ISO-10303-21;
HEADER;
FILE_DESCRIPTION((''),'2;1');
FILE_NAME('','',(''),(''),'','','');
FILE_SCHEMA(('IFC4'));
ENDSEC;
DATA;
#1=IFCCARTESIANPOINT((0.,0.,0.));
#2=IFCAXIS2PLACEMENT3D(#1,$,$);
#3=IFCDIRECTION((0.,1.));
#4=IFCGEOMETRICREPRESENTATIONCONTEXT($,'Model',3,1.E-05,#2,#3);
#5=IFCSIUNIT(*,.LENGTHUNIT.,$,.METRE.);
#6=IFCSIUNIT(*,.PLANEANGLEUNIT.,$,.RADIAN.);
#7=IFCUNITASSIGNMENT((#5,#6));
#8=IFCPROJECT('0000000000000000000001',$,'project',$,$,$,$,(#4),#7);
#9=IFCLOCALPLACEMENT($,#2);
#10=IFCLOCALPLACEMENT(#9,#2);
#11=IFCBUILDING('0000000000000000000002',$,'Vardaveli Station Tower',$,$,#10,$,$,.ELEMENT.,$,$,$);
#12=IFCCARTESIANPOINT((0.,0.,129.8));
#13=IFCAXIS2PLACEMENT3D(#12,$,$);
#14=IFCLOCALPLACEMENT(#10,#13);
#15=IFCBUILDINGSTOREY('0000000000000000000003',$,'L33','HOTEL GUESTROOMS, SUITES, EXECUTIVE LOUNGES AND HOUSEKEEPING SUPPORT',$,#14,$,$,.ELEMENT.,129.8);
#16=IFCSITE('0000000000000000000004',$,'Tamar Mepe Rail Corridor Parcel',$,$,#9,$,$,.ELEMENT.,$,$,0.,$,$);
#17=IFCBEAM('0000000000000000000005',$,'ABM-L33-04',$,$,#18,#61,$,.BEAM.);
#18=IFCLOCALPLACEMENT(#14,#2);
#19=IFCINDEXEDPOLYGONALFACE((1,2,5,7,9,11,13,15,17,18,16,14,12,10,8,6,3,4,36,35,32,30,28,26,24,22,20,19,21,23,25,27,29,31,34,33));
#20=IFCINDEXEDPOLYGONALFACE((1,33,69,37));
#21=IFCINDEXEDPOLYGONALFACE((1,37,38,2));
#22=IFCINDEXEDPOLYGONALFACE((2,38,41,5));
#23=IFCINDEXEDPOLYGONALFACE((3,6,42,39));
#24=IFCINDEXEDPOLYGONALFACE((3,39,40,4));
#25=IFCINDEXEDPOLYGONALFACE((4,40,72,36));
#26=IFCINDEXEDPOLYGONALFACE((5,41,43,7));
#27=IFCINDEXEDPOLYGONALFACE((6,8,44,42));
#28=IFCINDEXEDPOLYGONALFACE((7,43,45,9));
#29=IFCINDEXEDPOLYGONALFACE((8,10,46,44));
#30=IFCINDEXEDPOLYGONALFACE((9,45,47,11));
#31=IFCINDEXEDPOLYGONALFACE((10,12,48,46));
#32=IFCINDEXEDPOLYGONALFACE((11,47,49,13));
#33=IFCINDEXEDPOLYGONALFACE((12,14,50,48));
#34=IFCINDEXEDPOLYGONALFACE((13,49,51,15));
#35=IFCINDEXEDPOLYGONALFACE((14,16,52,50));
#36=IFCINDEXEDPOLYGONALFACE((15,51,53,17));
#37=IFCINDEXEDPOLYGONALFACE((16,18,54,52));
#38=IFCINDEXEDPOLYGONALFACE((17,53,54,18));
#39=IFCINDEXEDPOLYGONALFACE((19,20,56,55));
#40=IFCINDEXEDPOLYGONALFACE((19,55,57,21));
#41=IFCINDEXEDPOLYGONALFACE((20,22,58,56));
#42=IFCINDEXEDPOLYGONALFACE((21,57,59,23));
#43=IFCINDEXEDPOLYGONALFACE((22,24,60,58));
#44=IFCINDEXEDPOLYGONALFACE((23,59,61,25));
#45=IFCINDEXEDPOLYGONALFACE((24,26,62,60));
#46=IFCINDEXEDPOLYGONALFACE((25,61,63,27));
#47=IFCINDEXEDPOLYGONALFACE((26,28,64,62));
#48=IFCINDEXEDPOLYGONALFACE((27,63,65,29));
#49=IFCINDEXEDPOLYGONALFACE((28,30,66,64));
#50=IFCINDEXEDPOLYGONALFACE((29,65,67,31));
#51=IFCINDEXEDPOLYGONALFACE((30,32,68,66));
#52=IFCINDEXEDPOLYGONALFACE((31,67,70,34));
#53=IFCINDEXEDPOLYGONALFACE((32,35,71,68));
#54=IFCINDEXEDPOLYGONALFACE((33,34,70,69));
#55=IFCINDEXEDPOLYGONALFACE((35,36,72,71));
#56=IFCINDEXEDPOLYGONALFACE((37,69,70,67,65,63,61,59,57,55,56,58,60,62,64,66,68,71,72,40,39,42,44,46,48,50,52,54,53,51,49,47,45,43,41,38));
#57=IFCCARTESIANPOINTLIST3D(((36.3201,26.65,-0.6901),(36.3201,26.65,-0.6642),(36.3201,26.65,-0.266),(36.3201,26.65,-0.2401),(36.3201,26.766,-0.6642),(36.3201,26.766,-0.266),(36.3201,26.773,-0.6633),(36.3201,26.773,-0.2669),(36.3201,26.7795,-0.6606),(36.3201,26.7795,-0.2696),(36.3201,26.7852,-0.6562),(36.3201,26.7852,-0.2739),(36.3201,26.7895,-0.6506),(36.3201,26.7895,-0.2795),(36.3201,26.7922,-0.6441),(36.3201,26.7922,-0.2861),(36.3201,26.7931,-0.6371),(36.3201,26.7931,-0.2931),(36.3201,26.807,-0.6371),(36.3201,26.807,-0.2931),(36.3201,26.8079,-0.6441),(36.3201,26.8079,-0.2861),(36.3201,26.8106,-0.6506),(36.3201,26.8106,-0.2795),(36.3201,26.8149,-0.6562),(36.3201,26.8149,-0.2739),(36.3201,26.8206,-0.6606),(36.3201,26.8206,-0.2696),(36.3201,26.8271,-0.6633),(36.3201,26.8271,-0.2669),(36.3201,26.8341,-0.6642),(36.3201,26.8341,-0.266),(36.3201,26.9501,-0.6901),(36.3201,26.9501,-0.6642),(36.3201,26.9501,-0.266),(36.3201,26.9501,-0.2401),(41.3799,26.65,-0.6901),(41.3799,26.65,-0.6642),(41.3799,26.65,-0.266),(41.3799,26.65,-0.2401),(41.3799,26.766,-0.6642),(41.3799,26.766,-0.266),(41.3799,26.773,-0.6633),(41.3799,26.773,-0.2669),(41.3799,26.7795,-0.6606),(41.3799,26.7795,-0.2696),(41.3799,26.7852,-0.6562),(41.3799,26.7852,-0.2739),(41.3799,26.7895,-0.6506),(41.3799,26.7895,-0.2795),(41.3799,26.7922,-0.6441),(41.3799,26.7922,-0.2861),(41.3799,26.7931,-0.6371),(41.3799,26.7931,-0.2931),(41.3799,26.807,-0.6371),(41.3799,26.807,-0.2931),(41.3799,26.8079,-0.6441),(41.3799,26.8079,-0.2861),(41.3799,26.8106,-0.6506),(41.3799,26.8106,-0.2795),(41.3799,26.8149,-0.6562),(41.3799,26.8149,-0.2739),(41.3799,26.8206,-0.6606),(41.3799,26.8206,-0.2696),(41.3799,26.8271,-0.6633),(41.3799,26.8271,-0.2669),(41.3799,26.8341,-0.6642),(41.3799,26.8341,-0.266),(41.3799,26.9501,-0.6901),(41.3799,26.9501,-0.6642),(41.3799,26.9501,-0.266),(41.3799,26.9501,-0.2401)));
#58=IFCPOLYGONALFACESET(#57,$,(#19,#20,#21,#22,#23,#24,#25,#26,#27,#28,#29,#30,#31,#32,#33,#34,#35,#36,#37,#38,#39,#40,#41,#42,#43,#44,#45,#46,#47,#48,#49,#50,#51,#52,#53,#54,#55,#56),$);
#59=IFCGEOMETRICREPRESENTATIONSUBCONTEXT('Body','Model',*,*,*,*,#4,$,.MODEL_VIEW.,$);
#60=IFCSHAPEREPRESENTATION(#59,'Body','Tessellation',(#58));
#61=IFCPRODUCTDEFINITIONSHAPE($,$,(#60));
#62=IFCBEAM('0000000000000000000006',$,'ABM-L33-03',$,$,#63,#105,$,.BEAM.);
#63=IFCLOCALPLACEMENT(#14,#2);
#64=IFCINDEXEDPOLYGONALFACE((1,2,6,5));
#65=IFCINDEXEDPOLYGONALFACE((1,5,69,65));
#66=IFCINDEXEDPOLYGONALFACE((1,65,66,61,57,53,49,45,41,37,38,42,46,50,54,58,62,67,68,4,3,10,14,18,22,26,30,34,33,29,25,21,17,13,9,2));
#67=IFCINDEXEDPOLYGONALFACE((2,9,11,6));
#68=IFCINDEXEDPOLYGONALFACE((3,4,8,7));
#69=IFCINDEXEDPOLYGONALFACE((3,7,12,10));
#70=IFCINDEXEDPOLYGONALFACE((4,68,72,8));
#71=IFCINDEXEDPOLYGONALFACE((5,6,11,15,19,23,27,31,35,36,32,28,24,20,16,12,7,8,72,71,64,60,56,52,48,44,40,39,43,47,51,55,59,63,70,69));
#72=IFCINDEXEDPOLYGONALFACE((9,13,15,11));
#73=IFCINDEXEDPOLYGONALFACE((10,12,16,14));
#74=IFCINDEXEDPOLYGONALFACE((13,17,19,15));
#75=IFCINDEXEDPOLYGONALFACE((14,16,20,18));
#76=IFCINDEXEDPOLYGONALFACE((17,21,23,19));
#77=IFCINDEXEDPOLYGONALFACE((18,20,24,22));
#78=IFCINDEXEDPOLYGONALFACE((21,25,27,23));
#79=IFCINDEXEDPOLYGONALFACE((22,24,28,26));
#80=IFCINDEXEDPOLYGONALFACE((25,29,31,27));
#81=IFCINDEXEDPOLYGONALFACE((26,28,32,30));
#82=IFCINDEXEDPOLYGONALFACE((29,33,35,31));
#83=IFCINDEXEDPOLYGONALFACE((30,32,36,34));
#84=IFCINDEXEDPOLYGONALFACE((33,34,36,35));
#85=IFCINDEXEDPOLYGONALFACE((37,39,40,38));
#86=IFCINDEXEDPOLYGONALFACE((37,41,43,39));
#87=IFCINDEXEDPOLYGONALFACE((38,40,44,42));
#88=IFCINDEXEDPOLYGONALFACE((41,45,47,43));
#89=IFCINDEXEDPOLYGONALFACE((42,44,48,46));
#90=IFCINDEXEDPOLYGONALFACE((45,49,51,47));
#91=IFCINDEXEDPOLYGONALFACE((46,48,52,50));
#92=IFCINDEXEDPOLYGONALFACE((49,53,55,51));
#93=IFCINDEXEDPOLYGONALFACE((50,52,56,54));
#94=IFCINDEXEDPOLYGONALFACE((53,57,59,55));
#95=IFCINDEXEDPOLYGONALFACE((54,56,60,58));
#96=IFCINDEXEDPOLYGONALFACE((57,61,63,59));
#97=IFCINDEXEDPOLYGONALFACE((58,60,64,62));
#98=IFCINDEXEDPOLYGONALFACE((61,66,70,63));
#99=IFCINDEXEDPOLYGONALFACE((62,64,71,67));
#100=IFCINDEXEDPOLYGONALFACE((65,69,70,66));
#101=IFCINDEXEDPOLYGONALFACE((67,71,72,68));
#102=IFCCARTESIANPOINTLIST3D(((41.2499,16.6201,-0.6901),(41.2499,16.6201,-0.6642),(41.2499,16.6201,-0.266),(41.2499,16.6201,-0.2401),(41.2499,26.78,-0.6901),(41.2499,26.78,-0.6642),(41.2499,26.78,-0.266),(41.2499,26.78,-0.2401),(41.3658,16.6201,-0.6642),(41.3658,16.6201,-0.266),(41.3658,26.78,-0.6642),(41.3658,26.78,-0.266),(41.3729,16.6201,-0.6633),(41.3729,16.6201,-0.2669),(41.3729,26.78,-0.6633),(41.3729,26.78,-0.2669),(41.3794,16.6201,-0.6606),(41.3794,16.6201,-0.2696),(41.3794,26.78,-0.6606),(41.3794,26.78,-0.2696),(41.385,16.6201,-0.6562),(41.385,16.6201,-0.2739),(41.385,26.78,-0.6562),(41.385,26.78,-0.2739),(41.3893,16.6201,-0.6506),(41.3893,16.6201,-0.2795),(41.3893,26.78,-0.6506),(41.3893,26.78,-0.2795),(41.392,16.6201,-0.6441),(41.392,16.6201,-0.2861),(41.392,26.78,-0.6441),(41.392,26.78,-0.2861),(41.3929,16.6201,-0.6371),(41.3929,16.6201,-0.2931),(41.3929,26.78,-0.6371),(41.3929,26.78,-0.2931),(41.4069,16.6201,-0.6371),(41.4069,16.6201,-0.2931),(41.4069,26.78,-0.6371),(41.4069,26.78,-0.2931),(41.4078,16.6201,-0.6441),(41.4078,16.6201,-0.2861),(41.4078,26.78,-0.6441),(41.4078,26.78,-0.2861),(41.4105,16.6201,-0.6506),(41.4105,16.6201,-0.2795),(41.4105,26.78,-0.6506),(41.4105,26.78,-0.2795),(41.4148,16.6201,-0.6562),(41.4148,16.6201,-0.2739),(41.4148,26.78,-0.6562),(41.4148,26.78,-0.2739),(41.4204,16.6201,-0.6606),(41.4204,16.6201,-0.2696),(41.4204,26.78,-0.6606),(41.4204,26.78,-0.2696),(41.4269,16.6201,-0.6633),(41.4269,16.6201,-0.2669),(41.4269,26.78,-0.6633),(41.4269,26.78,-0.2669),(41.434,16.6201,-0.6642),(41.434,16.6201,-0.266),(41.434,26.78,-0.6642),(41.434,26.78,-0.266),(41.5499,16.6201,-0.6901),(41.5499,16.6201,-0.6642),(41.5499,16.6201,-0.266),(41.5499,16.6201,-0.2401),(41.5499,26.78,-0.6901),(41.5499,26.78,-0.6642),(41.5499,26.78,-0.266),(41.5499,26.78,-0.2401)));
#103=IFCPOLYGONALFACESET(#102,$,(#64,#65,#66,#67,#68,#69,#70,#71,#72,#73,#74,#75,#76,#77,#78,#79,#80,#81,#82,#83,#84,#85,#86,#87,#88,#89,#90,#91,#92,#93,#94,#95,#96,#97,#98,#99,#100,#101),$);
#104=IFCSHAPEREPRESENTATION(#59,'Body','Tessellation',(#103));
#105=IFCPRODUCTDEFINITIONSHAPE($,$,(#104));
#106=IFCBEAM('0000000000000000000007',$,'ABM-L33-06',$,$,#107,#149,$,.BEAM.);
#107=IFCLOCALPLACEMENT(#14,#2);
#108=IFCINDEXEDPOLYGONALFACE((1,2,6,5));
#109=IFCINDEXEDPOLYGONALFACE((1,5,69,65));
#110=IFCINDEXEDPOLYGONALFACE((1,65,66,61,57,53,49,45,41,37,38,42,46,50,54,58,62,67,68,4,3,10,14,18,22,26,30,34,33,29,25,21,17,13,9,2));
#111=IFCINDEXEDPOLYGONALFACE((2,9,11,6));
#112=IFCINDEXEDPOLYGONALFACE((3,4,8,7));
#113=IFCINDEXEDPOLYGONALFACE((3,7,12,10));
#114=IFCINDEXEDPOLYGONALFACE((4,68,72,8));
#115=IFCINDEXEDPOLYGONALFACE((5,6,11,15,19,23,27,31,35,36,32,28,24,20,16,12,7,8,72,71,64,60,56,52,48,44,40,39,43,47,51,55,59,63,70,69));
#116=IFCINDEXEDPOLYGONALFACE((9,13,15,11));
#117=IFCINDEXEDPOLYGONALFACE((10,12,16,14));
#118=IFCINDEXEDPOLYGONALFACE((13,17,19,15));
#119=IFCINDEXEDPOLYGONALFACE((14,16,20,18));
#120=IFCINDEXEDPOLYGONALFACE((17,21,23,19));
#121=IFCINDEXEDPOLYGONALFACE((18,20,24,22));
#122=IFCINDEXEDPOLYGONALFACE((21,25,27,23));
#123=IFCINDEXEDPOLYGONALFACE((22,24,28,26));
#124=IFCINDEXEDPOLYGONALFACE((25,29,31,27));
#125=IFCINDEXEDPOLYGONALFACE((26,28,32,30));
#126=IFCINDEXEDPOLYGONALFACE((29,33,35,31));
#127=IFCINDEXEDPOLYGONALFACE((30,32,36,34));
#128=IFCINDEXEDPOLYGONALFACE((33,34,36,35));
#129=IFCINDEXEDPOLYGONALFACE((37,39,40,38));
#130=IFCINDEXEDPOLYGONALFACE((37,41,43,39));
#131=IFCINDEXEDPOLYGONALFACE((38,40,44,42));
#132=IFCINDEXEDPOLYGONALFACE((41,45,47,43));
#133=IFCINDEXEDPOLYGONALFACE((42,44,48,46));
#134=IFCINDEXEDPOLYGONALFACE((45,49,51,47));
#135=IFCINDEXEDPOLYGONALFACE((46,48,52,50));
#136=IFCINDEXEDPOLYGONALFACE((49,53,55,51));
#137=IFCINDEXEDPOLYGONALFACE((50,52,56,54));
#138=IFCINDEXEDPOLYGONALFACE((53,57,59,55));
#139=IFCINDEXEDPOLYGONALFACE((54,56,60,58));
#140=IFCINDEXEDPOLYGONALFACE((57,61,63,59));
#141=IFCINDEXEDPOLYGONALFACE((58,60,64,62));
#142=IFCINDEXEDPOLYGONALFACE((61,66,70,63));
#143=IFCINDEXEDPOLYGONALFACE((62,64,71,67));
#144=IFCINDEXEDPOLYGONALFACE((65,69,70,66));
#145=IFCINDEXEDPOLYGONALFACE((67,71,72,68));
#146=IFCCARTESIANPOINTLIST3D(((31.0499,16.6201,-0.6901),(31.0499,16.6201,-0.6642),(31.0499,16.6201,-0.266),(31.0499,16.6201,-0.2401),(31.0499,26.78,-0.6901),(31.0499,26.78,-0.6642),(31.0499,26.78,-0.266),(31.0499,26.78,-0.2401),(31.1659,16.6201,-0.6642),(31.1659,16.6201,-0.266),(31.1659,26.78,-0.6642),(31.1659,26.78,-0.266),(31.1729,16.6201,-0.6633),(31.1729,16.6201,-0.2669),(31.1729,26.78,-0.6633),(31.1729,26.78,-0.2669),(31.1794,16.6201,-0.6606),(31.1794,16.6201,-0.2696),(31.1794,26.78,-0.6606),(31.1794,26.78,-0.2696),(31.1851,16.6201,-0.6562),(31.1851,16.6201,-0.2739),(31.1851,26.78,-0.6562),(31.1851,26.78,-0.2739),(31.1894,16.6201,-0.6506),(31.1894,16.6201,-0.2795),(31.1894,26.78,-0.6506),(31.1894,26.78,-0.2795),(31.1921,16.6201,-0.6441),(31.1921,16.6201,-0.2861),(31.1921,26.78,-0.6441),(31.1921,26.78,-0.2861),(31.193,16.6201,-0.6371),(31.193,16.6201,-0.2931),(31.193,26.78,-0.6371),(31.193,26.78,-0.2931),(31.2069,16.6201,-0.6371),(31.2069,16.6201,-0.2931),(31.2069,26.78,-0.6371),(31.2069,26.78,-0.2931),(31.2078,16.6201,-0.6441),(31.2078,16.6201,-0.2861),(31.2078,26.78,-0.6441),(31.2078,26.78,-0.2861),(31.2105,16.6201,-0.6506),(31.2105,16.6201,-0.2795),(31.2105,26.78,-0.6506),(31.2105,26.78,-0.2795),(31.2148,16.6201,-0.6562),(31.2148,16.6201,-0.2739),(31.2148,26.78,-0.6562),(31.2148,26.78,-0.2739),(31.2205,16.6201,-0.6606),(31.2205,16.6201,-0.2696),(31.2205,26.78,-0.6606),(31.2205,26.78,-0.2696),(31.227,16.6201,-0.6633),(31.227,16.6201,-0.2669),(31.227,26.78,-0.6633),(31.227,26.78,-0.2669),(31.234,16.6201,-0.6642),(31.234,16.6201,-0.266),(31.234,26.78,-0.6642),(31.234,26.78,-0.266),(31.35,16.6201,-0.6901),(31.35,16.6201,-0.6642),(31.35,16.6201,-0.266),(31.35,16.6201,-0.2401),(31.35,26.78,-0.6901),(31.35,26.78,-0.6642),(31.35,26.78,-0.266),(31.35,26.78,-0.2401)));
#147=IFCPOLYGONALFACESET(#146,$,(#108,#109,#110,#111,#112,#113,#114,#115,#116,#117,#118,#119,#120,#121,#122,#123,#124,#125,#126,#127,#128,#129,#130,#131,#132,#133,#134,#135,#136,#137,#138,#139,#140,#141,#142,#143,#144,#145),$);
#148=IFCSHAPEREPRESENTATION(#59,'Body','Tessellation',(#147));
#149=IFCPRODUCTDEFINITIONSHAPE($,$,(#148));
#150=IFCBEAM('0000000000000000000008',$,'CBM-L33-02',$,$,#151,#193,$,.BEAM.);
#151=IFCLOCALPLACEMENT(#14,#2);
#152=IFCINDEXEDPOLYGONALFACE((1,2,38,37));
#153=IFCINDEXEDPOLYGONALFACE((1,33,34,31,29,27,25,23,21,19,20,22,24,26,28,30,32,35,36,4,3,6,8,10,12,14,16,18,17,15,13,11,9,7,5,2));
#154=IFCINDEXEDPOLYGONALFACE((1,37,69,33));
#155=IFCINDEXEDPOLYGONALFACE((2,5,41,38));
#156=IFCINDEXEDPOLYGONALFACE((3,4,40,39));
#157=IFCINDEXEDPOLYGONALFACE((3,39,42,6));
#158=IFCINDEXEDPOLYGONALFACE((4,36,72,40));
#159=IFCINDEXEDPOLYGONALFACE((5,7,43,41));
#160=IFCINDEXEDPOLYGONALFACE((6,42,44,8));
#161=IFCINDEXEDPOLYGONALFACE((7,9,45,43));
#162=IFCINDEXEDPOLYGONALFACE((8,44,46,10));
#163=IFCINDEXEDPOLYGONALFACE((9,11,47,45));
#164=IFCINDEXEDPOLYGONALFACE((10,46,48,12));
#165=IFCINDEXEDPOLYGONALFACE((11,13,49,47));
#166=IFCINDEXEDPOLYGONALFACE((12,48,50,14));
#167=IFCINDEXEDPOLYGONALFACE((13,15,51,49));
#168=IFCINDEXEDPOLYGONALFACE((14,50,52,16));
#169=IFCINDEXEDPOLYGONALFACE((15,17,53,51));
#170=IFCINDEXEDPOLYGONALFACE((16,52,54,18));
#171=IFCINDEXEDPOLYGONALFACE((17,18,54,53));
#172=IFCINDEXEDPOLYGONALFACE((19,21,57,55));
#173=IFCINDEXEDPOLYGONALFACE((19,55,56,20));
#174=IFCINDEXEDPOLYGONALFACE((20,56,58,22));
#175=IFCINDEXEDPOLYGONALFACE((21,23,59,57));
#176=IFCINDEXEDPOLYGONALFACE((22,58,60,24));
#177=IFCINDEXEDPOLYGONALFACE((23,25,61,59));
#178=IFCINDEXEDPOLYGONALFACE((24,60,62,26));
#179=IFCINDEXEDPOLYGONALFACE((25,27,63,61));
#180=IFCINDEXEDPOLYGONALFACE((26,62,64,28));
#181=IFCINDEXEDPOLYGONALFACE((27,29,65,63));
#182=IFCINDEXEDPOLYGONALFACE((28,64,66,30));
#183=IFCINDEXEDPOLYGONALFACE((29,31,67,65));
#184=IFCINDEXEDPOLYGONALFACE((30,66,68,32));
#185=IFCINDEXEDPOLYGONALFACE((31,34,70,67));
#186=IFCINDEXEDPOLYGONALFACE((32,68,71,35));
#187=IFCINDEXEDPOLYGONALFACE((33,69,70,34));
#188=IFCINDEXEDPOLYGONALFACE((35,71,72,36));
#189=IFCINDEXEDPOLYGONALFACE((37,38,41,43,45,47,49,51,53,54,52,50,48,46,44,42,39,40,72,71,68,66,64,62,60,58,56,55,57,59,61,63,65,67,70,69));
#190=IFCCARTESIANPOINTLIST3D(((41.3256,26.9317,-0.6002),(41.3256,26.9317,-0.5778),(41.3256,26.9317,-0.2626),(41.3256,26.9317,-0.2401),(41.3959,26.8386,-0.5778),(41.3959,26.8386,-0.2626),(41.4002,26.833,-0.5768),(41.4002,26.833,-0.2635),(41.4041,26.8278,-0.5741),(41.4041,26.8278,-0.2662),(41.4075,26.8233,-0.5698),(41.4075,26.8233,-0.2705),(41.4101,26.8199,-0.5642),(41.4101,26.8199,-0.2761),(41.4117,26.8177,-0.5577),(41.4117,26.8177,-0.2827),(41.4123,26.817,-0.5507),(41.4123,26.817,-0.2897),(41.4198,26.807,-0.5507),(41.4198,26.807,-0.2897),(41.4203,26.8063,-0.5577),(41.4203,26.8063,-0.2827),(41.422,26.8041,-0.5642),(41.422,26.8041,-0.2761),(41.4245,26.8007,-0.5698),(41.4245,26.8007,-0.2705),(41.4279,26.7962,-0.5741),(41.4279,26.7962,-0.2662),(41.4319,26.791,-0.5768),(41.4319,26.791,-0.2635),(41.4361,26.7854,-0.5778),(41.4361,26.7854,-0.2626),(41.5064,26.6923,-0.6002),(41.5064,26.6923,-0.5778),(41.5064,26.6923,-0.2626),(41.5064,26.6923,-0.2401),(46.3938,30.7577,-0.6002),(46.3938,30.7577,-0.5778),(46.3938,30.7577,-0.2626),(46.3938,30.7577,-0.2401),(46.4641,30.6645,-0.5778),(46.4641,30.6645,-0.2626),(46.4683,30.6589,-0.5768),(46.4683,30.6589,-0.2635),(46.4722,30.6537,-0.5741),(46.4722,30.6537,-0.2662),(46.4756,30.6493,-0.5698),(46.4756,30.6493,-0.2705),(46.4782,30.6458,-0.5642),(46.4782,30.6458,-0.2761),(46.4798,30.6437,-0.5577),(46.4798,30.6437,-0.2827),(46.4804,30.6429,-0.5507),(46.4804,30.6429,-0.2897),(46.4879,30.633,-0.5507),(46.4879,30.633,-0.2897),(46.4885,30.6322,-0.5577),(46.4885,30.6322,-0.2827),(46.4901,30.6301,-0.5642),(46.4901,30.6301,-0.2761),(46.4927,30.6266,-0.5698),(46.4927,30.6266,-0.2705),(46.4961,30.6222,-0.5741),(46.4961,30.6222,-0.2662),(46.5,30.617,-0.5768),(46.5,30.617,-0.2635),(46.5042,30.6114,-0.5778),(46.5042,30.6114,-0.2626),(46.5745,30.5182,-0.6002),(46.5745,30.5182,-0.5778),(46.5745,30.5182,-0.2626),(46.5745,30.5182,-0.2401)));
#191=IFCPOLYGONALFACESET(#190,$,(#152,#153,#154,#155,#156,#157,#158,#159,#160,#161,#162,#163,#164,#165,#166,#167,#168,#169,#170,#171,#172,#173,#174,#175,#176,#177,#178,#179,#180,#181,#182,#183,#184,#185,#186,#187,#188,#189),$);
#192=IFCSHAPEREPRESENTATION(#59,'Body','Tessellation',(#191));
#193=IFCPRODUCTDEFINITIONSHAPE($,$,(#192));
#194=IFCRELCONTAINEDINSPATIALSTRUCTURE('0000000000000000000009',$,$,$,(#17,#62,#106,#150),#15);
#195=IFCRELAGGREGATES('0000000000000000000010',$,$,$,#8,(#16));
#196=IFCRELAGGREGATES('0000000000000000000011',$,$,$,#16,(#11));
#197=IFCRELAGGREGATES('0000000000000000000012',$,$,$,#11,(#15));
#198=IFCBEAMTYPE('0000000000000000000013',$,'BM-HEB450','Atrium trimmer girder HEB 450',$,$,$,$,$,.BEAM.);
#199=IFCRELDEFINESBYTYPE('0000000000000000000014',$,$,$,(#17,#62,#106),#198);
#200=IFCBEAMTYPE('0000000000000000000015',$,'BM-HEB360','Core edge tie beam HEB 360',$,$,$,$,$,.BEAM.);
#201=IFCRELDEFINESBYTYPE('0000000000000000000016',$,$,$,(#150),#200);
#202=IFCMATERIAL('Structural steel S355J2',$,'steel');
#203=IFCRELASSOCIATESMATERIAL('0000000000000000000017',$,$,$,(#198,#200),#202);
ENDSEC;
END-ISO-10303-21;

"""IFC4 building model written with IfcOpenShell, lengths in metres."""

from ifc_helpers import new_model, si_unit, direction, frame, origin, origin_2d, place, context, subcontext, project, spatial, i_section, extrude, source, transform, mapped, material, material_profile, profile_set, type_object, element, save


model = new_model("IFC4")

# Units and contexts
model_context = context("Model", 3, precision=1e-05, world=origin(), true_north=direction((0.0, 1.0)))
body_context = subcontext(model_context, "Body", "Model", "MODEL_VIEW")
ifc_project = project(units=[si_unit("LENGTHUNIT", "METRE"), si_unit("PLANEANGLEUNIT", "RADIAN")], contexts=[model_context])

# Site, building, storey
site_placement = place(None, origin())
site = spatial("IfcSite", under=ifc_project, at=site_placement, Name="Tamar Mepe Rail Corridor Parcel", CompositionType="ELEMENT", RefElevation=0.0)
building_placement = place(site_placement, origin())
building = spatial("IfcBuilding", under=site, at=building_placement, Name="Vardaveli Station Tower", CompositionType="ELEMENT")
storey_placement = place(building_placement, frame((0.0, 0.0, 129.8)))
storey = spatial("IfcBuildingStorey", under=building, at=storey_placement, Name="L33", Description="HOTEL GUESTROOMS, SUITES, EXECUTIVE LOUNGES AND HOUSEKEEPING SUPPORT", CompositionType="ELEMENT", Elevation=129.8)

# Beams
ifc_material_1 = material(Name="Structural steel S355J2", Category="steel")
ifc_material_profile_1 = material_profile(ifc_material_1, i_section(OverallWidth=0.3, OverallDepth=0.45, WebThickness=0.0139, FlangeThickness=0.0259, FilletRadius=0.0271, at=origin_2d()), Name="HEB 450")
ifc_profile_set_1 = profile_set([ifc_material_profile_1], Name="Structural steel S355J2")
beam_type_1 = type_object("IfcBeamType", Name="BM-HEB450", Description="Atrium trimmer girder HEB 450", PredefinedType="BEAM", material=ifc_profile_set_1)
shared_shape_1 = source(origin(), body_context, "Body", "SweptSolid", [
    extrude(i_section(OverallWidth=0.3, OverallDepth=0.45, WebThickness=0.0139, FlangeThickness=0.0259, FilletRadius=0.0271, at=origin_2d()), origin(), (0.0, 0.0, 1.0), 5.0598),
])
beam_1_placement = place(storey_placement, frame((41.3799, 26.8, -0.4651), z_axis=(-1.0, 0.0, 0.0), x_axis=(0.0, -1.0, 0.0)))
element("IfcBeam", 1, at=beam_1_placement, inside=storey, type_object=beam_type_1, Name="ABM-L33-04", PredefinedType="BEAM", context=body_context, shape_type="MappedRepresentation", body=[
    mapped(shared_shape_1, transform((0.0, 0.0, 0.0), scale=1.0)),
])
shared_shape_2 = source(origin(), body_context, "Body", "SweptSolid", [
    extrude(i_section(OverallWidth=0.3, OverallDepth=0.45, WebThickness=0.0139, FlangeThickness=0.0259, FilletRadius=0.0271, at=origin_2d()), origin(), (0.0, 0.0, 1.0), 10.1599),
])
for number, where, z_axis, x_axis, name in (
    (2, (41.3999, 16.6201, -0.4651), (0.0, 1.0, 0.0), (-1.0, 0.0, 0.0), "ABM-L33-03"),
    (3, (31.2, 26.78, -0.4651), (0.0, -1.0, 0.0), (1.0, 0.0, 0.0), "ABM-L33-06"),
):
    element("IfcBeam", number, at=place(storey_placement, frame(where, z_axis=z_axis, x_axis=x_axis)), inside=storey, type_object=beam_type_1, Name=name, PredefinedType="BEAM", context=body_context, shape_type="MappedRepresentation", body=[
        mapped(shared_shape_2, transform((0.0, 0.0, 0.0), scale=1.0)),
    ])
ifc_material_profile_2 = material_profile(ifc_material_1, i_section(OverallWidth=0.3, OverallDepth=0.3601, WebThickness=0.0125, FlangeThickness=0.0225, FilletRadius=0.0271, at=origin_2d()), Name="HEB 360")
ifc_profile_set_2 = profile_set([ifc_material_profile_2], Name="Structural steel S355J2")
beam_type_2 = type_object("IfcBeamType", Name="BM-HEB360", Description="Core edge tie beam HEB 360", PredefinedType="BEAM", material=ifc_profile_set_2)
shared_shape_3 = source(origin(), body_context, "Body", "SweptSolid", [
    extrude(i_section(OverallWidth=0.3, OverallDepth=0.3601, WebThickness=0.0125, FlangeThickness=0.0225, FilletRadius=0.0271, at=origin_2d()), origin(), (0.0, 0.0, 1.0), 6.3501),
])
beam_2_placement = place(storey_placement, frame((41.416, 26.812, -0.4202), z_axis=(0.798118, 0.602501, 0.0), x_axis=(-0.602501, 0.798118, 0.0)))
element("IfcBeam", 4, at=beam_2_placement, inside=storey, type_object=beam_type_2, Name="CBM-L33-02", PredefinedType="BEAM", context=body_context, shape_type="MappedRepresentation", body=[
    mapped(shared_shape_3, transform((0.0, 0.0, 0.0), scale=1.0)),
])

save(model, "model.ifc")
